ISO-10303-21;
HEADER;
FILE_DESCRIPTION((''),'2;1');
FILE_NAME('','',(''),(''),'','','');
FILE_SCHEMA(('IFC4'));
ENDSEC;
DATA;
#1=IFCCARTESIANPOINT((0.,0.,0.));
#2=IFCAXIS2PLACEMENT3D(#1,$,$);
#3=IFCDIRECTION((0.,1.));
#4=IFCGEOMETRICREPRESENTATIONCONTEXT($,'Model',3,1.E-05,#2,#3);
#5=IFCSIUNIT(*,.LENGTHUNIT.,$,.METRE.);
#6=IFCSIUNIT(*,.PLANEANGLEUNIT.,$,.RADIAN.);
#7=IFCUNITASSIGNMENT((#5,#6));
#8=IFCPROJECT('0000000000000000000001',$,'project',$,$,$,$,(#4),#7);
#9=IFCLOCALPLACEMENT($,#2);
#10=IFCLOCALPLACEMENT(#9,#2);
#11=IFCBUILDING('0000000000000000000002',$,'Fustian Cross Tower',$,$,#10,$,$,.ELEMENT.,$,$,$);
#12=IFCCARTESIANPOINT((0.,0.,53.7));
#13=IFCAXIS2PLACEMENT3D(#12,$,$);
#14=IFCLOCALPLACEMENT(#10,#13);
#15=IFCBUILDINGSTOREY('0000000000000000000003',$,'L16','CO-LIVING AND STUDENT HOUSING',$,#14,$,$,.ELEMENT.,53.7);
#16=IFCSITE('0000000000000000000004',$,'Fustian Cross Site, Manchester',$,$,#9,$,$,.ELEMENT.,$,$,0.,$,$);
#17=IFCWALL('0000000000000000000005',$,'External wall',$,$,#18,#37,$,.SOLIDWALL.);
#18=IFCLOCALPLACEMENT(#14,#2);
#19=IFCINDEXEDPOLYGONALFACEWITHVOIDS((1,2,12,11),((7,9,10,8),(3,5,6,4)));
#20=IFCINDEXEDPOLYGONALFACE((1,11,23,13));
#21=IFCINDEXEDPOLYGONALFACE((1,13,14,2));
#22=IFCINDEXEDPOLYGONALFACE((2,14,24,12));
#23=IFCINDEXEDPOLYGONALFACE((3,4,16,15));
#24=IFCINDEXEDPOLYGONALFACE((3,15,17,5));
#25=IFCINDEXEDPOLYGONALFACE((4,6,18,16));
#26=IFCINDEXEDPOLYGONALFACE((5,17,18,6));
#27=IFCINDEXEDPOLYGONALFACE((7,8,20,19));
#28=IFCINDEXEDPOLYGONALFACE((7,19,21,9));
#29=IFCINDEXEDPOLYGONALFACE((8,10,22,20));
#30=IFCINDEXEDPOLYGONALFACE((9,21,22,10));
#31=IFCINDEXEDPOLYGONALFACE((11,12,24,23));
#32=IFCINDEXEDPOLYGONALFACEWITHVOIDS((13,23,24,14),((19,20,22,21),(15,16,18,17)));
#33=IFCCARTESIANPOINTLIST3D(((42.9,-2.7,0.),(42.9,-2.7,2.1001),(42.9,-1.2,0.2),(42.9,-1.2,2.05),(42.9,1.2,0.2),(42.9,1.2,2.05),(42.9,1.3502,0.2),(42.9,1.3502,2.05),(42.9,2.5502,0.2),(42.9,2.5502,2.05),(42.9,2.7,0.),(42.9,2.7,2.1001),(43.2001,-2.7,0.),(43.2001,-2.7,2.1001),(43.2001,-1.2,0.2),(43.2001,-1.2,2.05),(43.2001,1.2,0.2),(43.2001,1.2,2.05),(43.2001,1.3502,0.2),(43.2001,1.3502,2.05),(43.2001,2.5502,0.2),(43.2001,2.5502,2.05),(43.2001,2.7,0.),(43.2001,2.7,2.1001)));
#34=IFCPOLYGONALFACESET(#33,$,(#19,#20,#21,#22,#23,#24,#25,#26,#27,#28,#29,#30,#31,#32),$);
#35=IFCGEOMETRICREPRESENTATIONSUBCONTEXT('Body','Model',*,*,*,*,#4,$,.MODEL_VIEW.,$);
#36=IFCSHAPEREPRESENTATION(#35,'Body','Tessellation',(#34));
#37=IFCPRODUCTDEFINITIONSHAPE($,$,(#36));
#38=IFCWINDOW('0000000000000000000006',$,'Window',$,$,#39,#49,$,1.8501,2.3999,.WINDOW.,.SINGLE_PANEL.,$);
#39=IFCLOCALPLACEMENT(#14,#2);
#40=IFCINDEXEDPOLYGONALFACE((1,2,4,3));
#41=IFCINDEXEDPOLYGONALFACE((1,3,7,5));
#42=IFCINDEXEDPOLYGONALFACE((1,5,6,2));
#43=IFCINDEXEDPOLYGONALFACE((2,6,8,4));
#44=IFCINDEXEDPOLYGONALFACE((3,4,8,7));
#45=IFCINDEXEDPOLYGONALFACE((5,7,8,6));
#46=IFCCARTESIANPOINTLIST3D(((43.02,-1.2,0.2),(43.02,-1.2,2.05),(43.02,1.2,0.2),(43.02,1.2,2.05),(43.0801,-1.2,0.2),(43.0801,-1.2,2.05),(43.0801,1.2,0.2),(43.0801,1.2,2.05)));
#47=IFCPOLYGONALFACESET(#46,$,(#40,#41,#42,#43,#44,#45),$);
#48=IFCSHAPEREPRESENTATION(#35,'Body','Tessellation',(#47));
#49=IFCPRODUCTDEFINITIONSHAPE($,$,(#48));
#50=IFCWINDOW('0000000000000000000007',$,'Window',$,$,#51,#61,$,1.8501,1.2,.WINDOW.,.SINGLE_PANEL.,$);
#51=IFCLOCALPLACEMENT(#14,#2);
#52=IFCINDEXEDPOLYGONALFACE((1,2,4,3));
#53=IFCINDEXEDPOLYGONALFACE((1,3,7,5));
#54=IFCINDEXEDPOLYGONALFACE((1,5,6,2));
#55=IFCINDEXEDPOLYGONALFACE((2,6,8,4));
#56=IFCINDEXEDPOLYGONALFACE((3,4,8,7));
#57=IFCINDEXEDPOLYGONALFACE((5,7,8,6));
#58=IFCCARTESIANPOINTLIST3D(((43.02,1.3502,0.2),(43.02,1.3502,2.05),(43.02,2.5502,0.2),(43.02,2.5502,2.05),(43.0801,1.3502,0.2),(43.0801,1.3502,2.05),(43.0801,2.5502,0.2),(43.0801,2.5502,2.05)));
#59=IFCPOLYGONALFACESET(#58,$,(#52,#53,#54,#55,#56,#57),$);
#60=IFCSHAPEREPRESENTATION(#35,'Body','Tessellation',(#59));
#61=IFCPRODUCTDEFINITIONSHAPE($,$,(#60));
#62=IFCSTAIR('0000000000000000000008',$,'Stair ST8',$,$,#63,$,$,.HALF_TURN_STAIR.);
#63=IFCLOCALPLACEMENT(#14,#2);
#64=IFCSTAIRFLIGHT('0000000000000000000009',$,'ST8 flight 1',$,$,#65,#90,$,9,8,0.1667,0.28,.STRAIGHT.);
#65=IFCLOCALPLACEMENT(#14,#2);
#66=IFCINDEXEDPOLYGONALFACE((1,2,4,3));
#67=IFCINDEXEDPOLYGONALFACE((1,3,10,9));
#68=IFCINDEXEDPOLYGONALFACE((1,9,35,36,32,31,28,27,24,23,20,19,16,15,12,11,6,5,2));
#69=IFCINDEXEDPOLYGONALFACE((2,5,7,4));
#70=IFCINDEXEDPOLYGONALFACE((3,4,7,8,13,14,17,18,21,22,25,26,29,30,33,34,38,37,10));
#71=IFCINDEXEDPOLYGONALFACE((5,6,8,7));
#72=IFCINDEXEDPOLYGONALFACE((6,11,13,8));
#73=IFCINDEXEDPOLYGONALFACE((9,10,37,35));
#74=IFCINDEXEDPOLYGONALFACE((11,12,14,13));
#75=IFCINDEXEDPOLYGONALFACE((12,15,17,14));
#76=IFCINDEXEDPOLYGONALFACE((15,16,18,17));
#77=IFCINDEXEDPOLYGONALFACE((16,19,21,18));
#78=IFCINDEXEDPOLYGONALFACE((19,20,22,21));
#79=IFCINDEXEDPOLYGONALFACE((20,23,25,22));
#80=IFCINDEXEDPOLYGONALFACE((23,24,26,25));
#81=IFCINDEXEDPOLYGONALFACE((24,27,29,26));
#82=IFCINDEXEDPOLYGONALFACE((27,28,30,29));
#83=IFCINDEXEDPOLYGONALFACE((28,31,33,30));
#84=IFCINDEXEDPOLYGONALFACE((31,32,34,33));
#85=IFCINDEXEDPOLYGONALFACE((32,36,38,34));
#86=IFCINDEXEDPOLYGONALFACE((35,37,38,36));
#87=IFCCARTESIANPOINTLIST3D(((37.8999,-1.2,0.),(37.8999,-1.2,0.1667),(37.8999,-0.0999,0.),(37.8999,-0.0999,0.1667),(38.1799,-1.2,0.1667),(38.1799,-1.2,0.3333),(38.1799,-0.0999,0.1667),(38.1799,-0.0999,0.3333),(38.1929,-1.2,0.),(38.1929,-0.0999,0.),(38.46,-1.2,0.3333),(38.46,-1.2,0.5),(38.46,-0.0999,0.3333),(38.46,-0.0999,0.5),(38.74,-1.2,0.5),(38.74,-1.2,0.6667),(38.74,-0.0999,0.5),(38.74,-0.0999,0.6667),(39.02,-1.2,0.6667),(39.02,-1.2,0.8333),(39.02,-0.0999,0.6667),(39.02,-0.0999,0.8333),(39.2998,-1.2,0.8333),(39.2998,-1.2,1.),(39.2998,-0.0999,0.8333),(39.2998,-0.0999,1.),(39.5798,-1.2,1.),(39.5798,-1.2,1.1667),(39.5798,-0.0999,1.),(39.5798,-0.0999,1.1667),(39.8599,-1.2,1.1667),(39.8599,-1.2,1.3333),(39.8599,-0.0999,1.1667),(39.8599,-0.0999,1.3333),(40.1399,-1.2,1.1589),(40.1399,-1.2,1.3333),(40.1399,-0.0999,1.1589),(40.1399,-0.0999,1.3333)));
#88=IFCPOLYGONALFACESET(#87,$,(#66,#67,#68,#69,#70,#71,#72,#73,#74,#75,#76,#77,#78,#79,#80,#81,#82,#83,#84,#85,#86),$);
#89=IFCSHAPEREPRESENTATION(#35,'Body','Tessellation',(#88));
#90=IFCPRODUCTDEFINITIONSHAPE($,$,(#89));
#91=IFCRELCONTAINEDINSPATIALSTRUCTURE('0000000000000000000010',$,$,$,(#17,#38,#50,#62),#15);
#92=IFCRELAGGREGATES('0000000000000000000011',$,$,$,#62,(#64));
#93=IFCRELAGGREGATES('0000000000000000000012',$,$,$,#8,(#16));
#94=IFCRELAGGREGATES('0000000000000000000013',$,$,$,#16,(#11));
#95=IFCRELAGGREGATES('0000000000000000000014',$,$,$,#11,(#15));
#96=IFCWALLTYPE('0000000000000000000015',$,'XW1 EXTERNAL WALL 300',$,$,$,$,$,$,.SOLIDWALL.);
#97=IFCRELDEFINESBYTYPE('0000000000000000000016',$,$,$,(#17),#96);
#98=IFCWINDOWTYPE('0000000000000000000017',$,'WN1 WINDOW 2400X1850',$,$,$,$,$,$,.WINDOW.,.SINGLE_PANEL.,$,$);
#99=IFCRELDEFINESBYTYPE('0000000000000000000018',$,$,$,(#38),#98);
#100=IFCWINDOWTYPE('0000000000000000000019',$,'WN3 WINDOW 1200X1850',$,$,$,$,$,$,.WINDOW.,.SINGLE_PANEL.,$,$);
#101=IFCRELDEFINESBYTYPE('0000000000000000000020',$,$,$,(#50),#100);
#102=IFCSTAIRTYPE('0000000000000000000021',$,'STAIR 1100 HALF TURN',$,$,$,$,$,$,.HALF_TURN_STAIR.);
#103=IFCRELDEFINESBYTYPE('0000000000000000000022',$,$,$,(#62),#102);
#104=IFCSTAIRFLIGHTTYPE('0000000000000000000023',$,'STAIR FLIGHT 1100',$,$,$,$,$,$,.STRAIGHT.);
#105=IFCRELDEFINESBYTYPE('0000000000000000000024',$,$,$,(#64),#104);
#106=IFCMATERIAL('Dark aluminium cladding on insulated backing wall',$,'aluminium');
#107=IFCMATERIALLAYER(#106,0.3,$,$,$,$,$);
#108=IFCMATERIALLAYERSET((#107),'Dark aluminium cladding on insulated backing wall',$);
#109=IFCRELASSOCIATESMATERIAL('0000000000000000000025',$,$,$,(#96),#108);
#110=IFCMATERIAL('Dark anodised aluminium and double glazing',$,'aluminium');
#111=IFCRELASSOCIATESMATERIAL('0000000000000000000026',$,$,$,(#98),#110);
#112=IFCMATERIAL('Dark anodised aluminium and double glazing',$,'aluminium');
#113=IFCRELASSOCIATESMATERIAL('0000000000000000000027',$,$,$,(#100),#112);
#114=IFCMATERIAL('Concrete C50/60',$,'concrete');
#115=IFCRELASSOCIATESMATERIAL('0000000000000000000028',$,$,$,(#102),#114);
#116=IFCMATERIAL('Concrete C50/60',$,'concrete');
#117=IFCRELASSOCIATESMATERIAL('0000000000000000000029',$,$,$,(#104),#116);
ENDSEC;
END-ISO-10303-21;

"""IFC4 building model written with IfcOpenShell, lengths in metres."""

from ifc_helpers import new_model, si_unit, direction, frame, frame_2d, origin, place, context, subcontext, project, spatial, polyline, rectangle, outline, extrude, material, layer, layer_set, type_object, element, fill, aggregate, save


model = new_model("IFC4")

# Units and contexts
model_context = context("Model", 3, precision=1e-05, world=origin(), true_north=direction((0.0, 1.0)))
body_context = subcontext(model_context, "Body", "Model", "MODEL_VIEW")
ifc_project = project(units=[si_unit("LENGTHUNIT", "METRE"), si_unit("PLANEANGLEUNIT", "RADIAN")], contexts=[model_context])

# Site, building, storey
site_placement = place(None, origin())
site = spatial("IfcSite", under=ifc_project, at=site_placement, Name="Fustian Cross Site, Manchester", CompositionType="ELEMENT", RefElevation=0.0)
building_placement = place(site_placement, origin())
building = spatial("IfcBuilding", under=site, at=building_placement, Name="Fustian Cross Tower", CompositionType="ELEMENT")
storey_placement = place(building_placement, frame((0.0, 0.0, 53.7)))
storey = spatial("IfcBuildingStorey", under=building, at=storey_placement, Name="L16", Description="CO-LIVING AND STUDENT HOUSING", CompositionType="ELEMENT", Elevation=53.7)

# Shared definitions
ifc_material_1 = material(Name="Dark aluminium cladding on insulated backing wall", Category="aluminium")
ifc_layer_1 = layer(ifc_material_1, 0.3)
ifc_layer_set_1 = layer_set([ifc_layer_1], Name="Dark aluminium cladding on insulated backing wall")
wall_type_1 = type_object("IfcWallType", Name="XW1 EXTERNAL WALL 300", PredefinedType="SOLIDWALL", material=ifc_layer_set_1)

# Wall, openings, windows
wall_1_placement = place(storey_placement, frame((43.05, -2.7, 0.0), z_axis=(0.0, 0.0, 1.0), x_axis=(0.0, 1.0, 0.0)))
wall_1 = element("IfcWall", 1, at=wall_1_placement, inside=storey, type_object=wall_type_1, Name="External wall", PredefinedType="SOLIDWALL", context=body_context, shape_type="SweptSolid", body=[
    extrude(rectangle(XDim=5.3999, YDim=0.3, at=frame_2d((2.7, 0.0))), origin(), (0.0, 0.0, 1.0), 2.1001),
])
opening_1_placement = place(wall_1_placement, frame((1.5, 0.0, 0.2)))
opening_1 = element("IfcOpeningElement", 2, at=opening_1_placement, cuts=wall_1, PredefinedType="OPENING", context=body_context, shape_type="SweptSolid", body=[
    extrude(rectangle(XDim=2.3999, YDim=1.8501, at=frame_2d((1.2, 0.925))), frame((0.0, 0.1599, 0.0), z_axis=(0.0, -1.0, 0.0), x_axis=(1.0, 0.0, 0.0)), (0.0, 0.0, 1.0), 0.3201),
])
opening_2_placement = place(wall_1_placement, frame((4.05, 0.0, 0.2)))
opening_2 = element("IfcOpeningElement", 3, at=opening_2_placement, cuts=wall_1, PredefinedType="OPENING", context=body_context, shape_type="SweptSolid", body=[
    extrude(rectangle(XDim=1.2, YDim=1.8501, at=frame_2d((0.6001, 0.925))), frame((0.0, 0.1599, 0.0), z_axis=(0.0, -1.0, 0.0), x_axis=(1.0, 0.0, 0.0)), (0.0, 0.0, 1.0), 0.3201),
])
ifc_material_2 = material(Name="Dark anodised aluminium and double glazing", Category="aluminium")
window_type_1 = type_object("IfcWindowType", Name="WN1 WINDOW 2400X1850", PartitioningType="SINGLE_PANEL", PredefinedType="WINDOW", material=ifc_material_2)
window_1_placement = place(opening_1_placement, origin())
window_1 = element("IfcWindow", 4, at=window_1_placement, inside=storey, type_object=window_type_1, Name="Window", OverallHeight=1.8501, OverallWidth=2.3999, PartitioningType="SINGLE_PANEL", PredefinedType="WINDOW", context=body_context, shape_type="SweptSolid", body=[
    extrude(rectangle(XDim=2.3999, YDim=1.8501, at=frame_2d((1.2, 0.925))), frame((0.0, 0.03, 0.0), z_axis=(0.0, -1.0, 0.0), x_axis=(1.0, 0.0, 0.0)), (0.0, 0.0, 1.0), 0.0601),
])
fill(opening_1, window_1)
ifc_material_3 = material(Name="Dark anodised aluminium and double glazing", Category="aluminium")
window_type_2 = type_object("IfcWindowType", Name="WN3 WINDOW 1200X1850", PartitioningType="SINGLE_PANEL", PredefinedType="WINDOW", material=ifc_material_3)
window_2_placement = place(opening_2_placement, origin())
window_2 = element("IfcWindow", 5, at=window_2_placement, inside=storey, type_object=window_type_2, Name="Window", OverallHeight=1.8501, OverallWidth=1.2, PartitioningType="SINGLE_PANEL", PredefinedType="WINDOW", context=body_context, shape_type="SweptSolid", body=[
    extrude(rectangle(XDim=1.2, YDim=1.8501, at=frame_2d((0.6001, 0.925))), frame((0.0, 0.03, 0.0), z_axis=(0.0, -1.0, 0.0), x_axis=(1.0, 0.0, 0.0)), (0.0, 0.0, 1.0), 0.0601),
])
fill(opening_2, window_2)

# Stair, stair flight
ifc_material_4 = material(Name="Concrete C50/60", Category="concrete")
stair_type = type_object("IfcStairType", Name="STAIR 1100 HALF TURN", PredefinedType="HALF_TURN_STAIR", material=ifc_material_4)
stair_placement = place(storey_placement, origin())
stair = element("IfcStair", 6, at=stair_placement, inside=storey, type_object=stair_type, Name="Stair ST8", PredefinedType="HALF_TURN_STAIR")
ifc_material_5 = material(Name="Concrete C50/60", Category="concrete")
stair_flight_type = type_object("IfcStairFlightType", Name="STAIR FLIGHT 1100", PredefinedType="STRAIGHT", material=ifc_material_5)
stair_flight_placement = place(storey_placement, frame((37.8999, -0.6499, 0.0), z_axis=(0.0, 0.0, 1.0), x_axis=(1.0, 0.0, 0.0)))
stair_flight = element("IfcStairFlight", 7, at=stair_flight_placement, type_object=stair_flight_type, Name="ST8 flight 1", NumberOfRisers=9, NumberOfTreads=8, PredefinedType="STRAIGHT", RiserHeight=0.1667, TreadLength=0.28, context=body_context, shape_type="SweptSolid", body=[
    extrude(outline(polyline([(0.0, 0.0), (0.0, 0.1667), (0.28, 0.1667), (0.28, 0.3333), (0.5601, 0.3333), (0.5601, 0.5), (0.8401, 0.5), (0.8401, 0.6667), (1.1201, 0.6667), (1.1201, 0.8333), (1.3999, 0.8333), (1.3999, 1.0), (1.6799, 1.0), (1.6799, 1.1667), (1.96, 1.1667), (1.96, 1.3333), (2.24, 1.3333), (2.24, 1.5), (2.24, 1.1589), (0.293, 0.0), (0.0, 0.0)])), frame((0.0, 0.55, 0.0), z_axis=(0.0, -1.0, 0.0), x_axis=(1.0, 0.0, 0.0)), (0.0, 0.0, 1.0), 1.1001),
])
aggregate(stair, [stair_flight])

save(model, "model.ifc")
